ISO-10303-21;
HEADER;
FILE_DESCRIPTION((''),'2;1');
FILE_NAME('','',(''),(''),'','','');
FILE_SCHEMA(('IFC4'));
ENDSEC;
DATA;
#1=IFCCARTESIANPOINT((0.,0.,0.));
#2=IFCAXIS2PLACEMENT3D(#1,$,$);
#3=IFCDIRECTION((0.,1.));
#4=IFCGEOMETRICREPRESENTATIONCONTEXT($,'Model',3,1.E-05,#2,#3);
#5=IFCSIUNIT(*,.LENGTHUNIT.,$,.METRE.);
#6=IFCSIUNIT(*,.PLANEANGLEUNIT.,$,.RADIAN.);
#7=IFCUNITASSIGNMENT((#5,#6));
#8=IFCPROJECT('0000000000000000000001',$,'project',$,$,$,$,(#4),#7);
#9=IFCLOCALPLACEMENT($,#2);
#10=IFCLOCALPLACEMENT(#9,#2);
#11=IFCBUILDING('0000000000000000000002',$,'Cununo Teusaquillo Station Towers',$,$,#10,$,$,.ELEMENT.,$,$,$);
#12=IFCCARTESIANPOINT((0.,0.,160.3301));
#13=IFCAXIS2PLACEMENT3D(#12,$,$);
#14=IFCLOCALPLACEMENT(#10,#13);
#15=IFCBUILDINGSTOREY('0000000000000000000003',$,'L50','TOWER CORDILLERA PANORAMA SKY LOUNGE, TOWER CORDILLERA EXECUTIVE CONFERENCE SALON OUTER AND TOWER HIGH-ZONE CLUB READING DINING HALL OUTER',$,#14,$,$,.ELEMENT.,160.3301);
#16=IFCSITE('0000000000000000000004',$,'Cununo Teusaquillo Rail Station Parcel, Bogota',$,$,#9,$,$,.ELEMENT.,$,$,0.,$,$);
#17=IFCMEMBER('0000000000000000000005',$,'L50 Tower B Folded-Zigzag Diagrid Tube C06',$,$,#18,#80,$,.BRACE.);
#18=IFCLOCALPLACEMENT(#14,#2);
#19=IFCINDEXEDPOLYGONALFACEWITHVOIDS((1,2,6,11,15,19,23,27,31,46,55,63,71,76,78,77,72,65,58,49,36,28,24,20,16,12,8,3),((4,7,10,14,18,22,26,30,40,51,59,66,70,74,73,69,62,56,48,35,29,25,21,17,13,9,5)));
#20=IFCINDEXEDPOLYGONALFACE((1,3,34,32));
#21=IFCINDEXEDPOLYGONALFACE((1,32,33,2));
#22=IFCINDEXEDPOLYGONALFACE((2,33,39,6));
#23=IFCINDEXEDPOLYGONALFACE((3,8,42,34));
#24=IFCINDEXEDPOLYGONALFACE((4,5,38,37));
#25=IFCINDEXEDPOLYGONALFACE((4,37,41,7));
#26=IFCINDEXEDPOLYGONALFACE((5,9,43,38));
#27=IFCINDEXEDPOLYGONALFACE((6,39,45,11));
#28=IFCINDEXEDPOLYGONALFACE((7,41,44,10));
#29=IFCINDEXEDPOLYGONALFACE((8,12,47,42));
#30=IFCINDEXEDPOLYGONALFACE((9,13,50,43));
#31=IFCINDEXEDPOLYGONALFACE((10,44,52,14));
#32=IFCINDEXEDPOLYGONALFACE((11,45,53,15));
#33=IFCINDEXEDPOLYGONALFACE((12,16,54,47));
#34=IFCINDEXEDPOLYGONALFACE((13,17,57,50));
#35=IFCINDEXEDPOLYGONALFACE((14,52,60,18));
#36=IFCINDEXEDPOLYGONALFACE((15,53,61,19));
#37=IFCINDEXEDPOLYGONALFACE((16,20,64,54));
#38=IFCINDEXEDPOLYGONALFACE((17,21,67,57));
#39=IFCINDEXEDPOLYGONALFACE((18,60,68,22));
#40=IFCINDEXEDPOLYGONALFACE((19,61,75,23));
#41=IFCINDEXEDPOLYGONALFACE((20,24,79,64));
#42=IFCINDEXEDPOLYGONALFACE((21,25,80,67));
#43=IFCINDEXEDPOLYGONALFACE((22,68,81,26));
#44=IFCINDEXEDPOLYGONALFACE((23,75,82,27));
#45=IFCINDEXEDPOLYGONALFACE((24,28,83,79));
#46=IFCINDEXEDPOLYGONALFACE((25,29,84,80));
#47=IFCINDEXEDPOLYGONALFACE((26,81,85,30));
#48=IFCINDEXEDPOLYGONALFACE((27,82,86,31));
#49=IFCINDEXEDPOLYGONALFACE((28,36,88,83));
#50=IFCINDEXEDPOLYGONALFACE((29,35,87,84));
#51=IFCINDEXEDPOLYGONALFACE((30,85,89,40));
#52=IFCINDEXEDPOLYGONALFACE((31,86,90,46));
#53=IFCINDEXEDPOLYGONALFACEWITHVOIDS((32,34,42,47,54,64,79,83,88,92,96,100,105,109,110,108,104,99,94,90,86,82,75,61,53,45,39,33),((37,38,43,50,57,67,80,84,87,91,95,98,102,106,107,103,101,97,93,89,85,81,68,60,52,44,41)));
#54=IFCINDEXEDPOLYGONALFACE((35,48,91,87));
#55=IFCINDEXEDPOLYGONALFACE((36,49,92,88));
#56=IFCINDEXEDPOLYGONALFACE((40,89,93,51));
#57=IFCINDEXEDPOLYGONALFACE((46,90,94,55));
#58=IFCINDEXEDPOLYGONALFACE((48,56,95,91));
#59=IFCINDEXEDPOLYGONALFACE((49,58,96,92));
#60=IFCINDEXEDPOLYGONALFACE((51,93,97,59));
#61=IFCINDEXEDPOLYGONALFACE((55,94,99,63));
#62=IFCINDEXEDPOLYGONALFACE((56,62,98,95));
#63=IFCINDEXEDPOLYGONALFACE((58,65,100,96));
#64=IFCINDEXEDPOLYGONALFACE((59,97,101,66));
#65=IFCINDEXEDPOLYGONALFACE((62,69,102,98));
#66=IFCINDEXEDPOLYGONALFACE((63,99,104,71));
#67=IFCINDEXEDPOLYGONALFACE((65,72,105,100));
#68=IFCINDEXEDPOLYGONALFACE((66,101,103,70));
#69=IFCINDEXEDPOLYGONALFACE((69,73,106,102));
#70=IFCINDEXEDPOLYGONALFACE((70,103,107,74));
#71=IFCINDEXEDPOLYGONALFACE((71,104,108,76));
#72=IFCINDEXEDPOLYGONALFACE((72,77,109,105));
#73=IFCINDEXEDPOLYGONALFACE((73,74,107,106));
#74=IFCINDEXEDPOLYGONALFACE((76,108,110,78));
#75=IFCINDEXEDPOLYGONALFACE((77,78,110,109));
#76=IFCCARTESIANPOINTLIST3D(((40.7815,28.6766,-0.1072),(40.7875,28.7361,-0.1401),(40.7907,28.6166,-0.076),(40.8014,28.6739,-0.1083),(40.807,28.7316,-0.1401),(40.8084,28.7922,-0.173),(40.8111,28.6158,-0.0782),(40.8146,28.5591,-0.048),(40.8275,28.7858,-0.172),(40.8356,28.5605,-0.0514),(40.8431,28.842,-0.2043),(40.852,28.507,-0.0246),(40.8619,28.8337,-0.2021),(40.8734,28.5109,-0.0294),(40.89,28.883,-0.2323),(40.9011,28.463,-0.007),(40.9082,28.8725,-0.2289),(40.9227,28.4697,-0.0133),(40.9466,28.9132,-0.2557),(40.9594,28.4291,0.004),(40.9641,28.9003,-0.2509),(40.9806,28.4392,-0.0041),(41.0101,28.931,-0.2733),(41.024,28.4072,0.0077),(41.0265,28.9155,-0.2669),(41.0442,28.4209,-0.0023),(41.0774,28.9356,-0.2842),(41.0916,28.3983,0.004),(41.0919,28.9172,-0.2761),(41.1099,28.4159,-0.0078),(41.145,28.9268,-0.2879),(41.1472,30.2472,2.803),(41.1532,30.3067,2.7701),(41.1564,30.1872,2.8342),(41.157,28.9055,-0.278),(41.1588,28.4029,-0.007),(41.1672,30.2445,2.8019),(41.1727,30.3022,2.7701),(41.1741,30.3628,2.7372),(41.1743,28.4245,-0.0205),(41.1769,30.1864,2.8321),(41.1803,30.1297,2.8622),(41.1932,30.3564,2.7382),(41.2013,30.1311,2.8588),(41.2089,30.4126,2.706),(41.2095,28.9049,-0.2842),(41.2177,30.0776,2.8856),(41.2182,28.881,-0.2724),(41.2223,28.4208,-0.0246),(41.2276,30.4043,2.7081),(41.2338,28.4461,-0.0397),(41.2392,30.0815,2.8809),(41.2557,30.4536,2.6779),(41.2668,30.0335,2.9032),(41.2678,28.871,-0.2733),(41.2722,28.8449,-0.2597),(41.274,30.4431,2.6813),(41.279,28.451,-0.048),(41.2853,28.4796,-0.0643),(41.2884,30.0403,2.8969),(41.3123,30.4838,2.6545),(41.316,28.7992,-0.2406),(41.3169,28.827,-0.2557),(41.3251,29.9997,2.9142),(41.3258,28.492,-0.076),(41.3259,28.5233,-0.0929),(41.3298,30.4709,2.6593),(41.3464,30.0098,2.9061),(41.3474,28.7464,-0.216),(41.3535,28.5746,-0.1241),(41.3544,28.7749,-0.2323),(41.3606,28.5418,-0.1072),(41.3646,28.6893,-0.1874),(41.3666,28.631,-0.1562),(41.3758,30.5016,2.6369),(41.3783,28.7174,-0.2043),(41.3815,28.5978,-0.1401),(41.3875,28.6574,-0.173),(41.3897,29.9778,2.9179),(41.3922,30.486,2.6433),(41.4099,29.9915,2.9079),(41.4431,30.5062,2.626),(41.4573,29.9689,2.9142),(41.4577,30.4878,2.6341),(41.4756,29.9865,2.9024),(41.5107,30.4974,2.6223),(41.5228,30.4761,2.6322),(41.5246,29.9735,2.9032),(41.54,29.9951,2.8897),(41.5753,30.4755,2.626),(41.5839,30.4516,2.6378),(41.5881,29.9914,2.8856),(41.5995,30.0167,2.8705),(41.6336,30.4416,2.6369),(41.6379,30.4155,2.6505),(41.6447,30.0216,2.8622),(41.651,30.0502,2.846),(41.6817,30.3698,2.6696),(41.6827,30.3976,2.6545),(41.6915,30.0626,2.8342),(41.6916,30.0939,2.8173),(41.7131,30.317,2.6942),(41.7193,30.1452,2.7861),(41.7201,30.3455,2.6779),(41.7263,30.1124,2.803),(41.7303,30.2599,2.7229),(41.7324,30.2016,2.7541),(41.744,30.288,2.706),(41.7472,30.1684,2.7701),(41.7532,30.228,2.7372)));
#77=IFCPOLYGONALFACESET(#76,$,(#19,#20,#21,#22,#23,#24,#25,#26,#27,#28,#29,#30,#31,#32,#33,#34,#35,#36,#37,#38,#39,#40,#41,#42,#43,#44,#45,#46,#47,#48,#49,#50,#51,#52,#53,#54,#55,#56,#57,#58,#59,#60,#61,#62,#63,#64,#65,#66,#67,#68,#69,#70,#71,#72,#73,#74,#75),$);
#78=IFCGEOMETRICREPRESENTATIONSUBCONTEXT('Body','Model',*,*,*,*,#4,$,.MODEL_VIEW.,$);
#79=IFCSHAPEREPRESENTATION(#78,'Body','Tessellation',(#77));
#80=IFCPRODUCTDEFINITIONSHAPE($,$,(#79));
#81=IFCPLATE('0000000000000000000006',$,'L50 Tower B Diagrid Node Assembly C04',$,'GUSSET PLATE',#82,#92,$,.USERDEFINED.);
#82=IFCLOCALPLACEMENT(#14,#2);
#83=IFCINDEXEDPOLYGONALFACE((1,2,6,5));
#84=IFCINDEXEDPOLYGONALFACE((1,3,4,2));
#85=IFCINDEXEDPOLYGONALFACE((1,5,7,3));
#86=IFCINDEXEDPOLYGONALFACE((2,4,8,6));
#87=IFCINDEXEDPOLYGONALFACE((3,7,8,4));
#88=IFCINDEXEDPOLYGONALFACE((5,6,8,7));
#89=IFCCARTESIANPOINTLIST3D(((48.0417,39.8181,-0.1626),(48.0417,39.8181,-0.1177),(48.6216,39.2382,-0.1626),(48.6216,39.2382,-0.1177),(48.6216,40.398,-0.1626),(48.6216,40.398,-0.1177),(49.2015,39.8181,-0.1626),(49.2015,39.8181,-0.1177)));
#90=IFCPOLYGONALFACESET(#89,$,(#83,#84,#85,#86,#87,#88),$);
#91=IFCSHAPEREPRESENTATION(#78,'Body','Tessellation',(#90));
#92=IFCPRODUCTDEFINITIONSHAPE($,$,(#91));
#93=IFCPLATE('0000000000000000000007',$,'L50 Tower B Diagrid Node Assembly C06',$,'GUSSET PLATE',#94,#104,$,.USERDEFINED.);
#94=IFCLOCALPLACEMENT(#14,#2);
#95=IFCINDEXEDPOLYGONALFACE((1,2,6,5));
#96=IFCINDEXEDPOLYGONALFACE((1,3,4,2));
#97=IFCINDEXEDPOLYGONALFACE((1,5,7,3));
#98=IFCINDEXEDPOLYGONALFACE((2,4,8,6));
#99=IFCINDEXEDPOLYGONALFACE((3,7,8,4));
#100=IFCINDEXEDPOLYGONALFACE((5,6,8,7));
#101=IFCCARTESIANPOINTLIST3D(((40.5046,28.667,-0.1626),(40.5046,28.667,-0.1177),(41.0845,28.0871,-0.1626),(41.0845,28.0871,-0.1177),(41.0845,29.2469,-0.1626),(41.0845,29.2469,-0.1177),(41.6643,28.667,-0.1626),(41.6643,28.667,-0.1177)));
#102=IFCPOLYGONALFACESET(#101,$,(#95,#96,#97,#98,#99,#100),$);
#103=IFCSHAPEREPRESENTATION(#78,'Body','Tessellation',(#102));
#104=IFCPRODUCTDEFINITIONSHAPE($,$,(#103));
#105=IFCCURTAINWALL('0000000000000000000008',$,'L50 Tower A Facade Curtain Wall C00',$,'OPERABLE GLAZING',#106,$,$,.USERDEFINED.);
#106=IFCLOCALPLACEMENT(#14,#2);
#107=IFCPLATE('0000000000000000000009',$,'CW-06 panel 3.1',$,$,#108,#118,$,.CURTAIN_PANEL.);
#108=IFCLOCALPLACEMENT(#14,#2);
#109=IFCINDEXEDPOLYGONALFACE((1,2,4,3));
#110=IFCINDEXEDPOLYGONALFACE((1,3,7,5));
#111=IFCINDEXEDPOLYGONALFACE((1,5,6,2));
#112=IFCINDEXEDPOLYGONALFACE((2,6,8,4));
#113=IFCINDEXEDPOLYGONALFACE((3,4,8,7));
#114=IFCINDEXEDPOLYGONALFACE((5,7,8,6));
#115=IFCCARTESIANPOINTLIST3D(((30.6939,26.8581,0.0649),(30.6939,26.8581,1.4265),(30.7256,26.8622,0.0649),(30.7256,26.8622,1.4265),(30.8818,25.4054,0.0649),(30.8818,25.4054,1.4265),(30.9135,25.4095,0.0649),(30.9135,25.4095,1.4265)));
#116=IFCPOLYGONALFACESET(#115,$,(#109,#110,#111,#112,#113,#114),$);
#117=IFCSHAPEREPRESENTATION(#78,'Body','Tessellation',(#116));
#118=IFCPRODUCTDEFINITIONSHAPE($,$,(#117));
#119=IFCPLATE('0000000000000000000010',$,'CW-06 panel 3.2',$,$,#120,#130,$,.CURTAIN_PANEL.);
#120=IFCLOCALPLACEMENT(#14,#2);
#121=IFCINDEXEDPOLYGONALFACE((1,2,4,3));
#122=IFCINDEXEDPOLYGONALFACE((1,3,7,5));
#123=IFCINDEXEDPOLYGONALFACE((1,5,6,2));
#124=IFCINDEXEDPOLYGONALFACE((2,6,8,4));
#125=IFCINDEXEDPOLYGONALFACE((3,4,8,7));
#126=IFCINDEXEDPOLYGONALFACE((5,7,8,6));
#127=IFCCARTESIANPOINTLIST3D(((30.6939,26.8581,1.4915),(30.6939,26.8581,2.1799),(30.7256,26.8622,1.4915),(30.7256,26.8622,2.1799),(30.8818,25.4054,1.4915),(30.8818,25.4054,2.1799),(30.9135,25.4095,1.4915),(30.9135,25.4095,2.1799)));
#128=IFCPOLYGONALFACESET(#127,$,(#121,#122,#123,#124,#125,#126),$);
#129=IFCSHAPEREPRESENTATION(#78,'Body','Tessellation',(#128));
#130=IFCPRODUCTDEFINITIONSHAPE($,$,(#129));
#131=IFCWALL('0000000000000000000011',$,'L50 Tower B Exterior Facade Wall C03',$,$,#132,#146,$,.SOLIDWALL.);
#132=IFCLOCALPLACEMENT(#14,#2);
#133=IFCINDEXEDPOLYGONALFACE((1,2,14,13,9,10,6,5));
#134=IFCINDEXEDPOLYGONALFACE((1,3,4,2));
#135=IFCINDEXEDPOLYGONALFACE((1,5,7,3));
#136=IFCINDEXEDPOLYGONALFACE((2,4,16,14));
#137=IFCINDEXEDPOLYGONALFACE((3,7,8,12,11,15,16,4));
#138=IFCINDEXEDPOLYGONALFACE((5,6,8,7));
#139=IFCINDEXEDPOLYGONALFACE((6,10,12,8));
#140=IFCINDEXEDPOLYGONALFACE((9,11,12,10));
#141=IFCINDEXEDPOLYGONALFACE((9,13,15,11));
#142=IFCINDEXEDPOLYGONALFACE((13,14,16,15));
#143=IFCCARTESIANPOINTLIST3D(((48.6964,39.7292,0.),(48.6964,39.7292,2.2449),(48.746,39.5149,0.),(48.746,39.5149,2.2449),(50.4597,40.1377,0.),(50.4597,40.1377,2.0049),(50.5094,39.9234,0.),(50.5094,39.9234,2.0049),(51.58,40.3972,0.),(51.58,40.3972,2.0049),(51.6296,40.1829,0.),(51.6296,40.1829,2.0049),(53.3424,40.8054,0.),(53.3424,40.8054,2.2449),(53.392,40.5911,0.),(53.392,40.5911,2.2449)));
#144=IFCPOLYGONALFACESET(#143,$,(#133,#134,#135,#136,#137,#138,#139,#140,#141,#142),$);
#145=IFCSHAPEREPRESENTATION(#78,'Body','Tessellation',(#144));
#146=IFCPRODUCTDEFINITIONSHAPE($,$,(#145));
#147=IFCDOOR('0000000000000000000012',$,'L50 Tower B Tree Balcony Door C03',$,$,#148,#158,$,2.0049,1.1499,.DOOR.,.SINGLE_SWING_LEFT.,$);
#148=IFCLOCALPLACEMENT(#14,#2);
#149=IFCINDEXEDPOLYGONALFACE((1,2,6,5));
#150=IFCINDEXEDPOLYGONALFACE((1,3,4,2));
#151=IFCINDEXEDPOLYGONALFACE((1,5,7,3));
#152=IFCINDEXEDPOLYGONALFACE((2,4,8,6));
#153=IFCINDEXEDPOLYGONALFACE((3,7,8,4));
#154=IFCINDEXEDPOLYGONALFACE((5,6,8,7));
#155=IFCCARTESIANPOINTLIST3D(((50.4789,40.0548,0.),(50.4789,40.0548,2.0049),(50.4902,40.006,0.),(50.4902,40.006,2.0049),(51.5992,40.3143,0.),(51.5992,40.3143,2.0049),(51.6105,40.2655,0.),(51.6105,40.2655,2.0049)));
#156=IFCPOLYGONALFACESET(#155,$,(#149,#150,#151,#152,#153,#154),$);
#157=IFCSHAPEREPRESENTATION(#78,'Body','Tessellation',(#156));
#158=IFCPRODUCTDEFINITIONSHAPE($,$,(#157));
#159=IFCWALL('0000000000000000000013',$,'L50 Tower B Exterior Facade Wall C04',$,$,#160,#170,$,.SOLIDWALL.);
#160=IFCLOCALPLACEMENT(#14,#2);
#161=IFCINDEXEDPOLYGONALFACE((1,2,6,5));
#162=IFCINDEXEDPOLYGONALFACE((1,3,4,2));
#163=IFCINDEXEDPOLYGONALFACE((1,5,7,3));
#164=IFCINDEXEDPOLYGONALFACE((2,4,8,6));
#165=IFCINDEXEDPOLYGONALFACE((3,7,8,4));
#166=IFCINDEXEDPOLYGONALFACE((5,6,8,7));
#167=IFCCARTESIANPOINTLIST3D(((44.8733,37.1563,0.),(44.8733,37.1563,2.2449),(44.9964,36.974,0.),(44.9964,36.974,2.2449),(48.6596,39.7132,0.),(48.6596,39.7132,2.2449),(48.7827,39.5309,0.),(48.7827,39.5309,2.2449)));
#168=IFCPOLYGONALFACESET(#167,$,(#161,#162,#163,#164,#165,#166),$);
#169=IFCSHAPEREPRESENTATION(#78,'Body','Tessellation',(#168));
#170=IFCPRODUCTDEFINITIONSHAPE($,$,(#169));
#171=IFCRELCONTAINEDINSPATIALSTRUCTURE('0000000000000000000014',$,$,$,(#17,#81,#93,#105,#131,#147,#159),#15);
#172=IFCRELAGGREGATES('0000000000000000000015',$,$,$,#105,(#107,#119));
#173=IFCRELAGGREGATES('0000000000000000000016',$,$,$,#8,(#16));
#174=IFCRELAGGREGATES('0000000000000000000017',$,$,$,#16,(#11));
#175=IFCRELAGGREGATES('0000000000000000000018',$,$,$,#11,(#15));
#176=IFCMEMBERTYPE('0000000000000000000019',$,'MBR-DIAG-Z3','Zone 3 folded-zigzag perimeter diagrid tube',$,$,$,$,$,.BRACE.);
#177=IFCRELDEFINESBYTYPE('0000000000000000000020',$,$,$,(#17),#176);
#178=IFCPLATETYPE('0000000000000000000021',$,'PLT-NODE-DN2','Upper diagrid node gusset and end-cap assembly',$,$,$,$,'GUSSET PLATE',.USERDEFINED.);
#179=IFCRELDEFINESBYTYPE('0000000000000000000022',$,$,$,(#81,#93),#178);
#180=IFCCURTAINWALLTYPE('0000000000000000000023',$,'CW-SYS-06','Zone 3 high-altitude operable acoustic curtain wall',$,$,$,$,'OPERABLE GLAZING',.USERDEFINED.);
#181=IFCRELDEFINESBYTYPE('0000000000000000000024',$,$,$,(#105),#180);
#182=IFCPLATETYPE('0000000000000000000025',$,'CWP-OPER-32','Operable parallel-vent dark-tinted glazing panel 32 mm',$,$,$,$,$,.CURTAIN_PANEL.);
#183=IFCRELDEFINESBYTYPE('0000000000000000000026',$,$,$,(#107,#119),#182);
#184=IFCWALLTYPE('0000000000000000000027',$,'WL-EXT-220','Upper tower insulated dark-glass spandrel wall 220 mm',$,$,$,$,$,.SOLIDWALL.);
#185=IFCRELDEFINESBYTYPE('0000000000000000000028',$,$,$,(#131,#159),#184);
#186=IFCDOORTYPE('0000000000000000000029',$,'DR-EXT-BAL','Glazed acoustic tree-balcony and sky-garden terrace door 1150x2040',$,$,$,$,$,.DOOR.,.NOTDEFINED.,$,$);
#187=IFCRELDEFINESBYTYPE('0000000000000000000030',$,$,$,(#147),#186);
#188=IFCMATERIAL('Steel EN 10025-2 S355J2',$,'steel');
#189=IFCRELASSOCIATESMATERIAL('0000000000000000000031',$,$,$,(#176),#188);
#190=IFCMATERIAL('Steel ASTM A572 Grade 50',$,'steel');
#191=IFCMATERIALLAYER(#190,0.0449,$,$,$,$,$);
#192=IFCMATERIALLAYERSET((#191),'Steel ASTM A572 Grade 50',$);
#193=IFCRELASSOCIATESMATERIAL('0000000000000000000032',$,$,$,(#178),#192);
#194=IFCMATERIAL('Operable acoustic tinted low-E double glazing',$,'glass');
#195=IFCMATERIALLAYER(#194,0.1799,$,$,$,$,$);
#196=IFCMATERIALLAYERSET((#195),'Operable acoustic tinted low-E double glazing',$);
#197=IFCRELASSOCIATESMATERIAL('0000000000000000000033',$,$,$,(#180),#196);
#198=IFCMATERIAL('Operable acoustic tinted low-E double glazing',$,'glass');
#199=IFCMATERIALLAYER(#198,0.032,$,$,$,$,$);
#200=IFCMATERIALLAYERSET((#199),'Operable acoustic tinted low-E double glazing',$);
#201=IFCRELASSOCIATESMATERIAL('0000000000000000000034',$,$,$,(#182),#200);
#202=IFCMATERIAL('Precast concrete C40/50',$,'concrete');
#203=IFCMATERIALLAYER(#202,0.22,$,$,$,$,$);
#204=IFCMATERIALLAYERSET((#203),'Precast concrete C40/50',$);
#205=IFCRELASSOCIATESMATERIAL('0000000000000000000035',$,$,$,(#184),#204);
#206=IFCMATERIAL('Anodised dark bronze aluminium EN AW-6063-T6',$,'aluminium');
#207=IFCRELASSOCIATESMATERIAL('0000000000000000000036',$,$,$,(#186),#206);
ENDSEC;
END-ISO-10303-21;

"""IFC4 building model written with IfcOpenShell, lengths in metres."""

from ifc_helpers import new_model, si_unit, direction, frame, frame_2d, origin, origin_2d, place, context, subcontext, project, spatial, rectangle, hollow_circle, extrude, source, transform, mapped, material, layer, layer_set, material_profile, profile_set, type_object, element, fill, aggregate, save


model = new_model("IFC4")

# Units and contexts
model_context = context("Model", 3, precision=1e-05, world=origin(), true_north=direction((0.0, 1.0)))
body_context = subcontext(model_context, "Body", "Model", "MODEL_VIEW")
ifc_project = project(units=[si_unit("LENGTHUNIT", "METRE"), si_unit("PLANEANGLEUNIT", "RADIAN")], contexts=[model_context])

# Site, building, storey
site_placement = place(None, origin())
site = spatial("IfcSite", under=ifc_project, at=site_placement, Name="Cununo Teusaquillo Rail Station Parcel, Bogota", CompositionType="ELEMENT", RefElevation=0.0)
building_placement = place(site_placement, origin())
building = spatial("IfcBuilding", under=site, at=building_placement, Name="Cununo Teusaquillo Station Towers", CompositionType="ELEMENT")
storey_placement = place(building_placement, frame((0.0, 0.0, 160.3301)))
storey = spatial("IfcBuildingStorey", under=building, at=storey_placement, Name="L50", Description="TOWER CORDILLERA PANORAMA SKY LOUNGE, TOWER CORDILLERA EXECUTIVE CONFERENCE SALON OUTER AND TOWER HIGH-ZONE CLUB READING DINING HALL OUTER", CompositionType="ELEMENT", Elevation=160.3301)

# Member
ifc_material_1 = material(Name="Steel EN 10025-2 S355J2", Category="steel")
ifc_material_profile_1 = material_profile(ifc_material_1, hollow_circle(Radius=0.3049, WallThickness=0.02, at=origin_2d()), Name="CHS 610x20")
ifc_profile_set_1 = profile_set([ifc_material_profile_1], Name="Steel EN 10025-2 S355J2")
member_type = type_object("IfcMemberType", Name="MBR-DIAG-Z3", Description="Zone 3 folded-zigzag perimeter diagrid tube", PredefinedType="BRACE", material=ifc_profile_set_1)
member_1_placement = place(storey_placement, frame((41.0845, 28.667, -0.1401), z_axis=(0.109923, 0.472054, 0.87469), x_axis=(-0.973943, 0.226794, 0.0)))
element("IfcMember", 1, at=member_1_placement, inside=storey, type_object=member_type, Name="L50 Tower B Folded-Zigzag Diagrid Tube C06", PredefinedType="BRACE", context=body_context, shape_type="SweptSolid", body=[
    extrude(hollow_circle(Radius=0.3049, WallThickness=0.02, at=origin_2d()), origin(), (0.0, 0.0, 1.0), 3.3271),
])

# Plates
ifc_material_2 = material(Name="Steel ASTM A572 Grade 50", Category="steel")
ifc_layer_1 = layer(ifc_material_2, 0.0449)
ifc_layer_set_1 = layer_set([ifc_layer_1], Name="Steel ASTM A572 Grade 50")
plate_type_1 = type_object("IfcPlateType", Name="PLT-NODE-DN2", Description="Upper diagrid node gusset and end-cap assembly", ElementType="GUSSET PLATE", PredefinedType="USERDEFINED", material=ifc_layer_set_1)
shared_shape_1 = source(origin(), body_context, "Body", "SweptSolid", [
    extrude(rectangle(XDim=0.8201, YDim=0.8201, at=origin_2d()), origin(), (0.0, 0.0, 1.0), 0.0449),
])
for number, where, z_axis, x_axis, name in (
    (2, (48.6216, 39.8181, -0.1626), (0.0, 0.0, 1.0), (0.707107, 0.707107, 0.0), "L50 Tower B Diagrid Node Assembly C04"),
    (3, (41.0845, 28.667, -0.1626), (0.0, 0.0, 1.0), (0.707107, 0.707107, 0.0), "L50 Tower B Diagrid Node Assembly C06"),
):
    element("IfcPlate", number, at=place(storey_placement, frame(where, z_axis=z_axis, x_axis=x_axis)), inside=storey, type_object=plate_type_1, Name=name, ObjectType="GUSSET PLATE", PredefinedType="USERDEFINED", context=body_context, shape_type="MappedRepresentation", body=[
        mapped(shared_shape_1, transform((0.0, 0.0, 0.0), x_axis=(1.0, 0.0, 0.0), y_axis=(0.0, 1.0, 0.0), z_axis=(0.0, 0.0, 1.0), scale=1.0)),
    ])

# Curtain wall, plates
ifc_material_3 = material(Name="Operable acoustic tinted low-E double glazing", Category="glass")
ifc_layer_2 = layer(ifc_material_3, 0.1799)
ifc_layer_set_2 = layer_set([ifc_layer_2], Name="Operable acoustic tinted low-E double glazing")
curtain_wall_type = type_object("IfcCurtainWallType", Name="CW-SYS-06", Description="Zone 3 high-altitude operable acoustic curtain wall", ElementType="OPERABLE GLAZING", PredefinedType="USERDEFINED", material=ifc_layer_set_2)
curtain_wall_placement = place(storey_placement, origin())
curtain_wall = element("IfcCurtainWall", 4, at=curtain_wall_placement, inside=storey, type_object=curtain_wall_type, Name="L50 Tower A Facade Curtain Wall C00", ObjectType="OPERABLE GLAZING", PredefinedType="USERDEFINED")
ifc_material_4 = material(Name="Operable acoustic tinted low-E double glazing", Category="glass")
ifc_layer_3 = layer(ifc_material_4, 0.032)
ifc_layer_set_3 = layer_set([ifc_layer_3], Name="Operable acoustic tinted low-E double glazing")
plate_type_2 = type_object("IfcPlateType", Name="CWP-OPER-32", Description="Operable parallel-vent dark-tinted glazing panel 32 mm", PredefinedType="CURTAIN_PANEL", material=ifc_layer_set_3)
shared_shape_2 = source(origin(), body_context, "Body", "SweptSolid", [
    extrude(rectangle(XDim=1.4648, YDim=0.032, at=origin_2d()), origin(), (0.0, 0.0, 1.0), 1.3616),
])
plate_1_placement = place(storey_placement, frame((30.8037, 26.1338, 0.0649), z_axis=(0.0, 0.0, 1.0), x_axis=(0.128293, -0.991736, 0.0)))
plate_1 = element("IfcPlate", 5, at=plate_1_placement, type_object=plate_type_2, Name="CW-06 panel 3.1", PredefinedType="CURTAIN_PANEL", context=body_context, shape_type="MappedRepresentation", body=[
    mapped(shared_shape_2, transform((0.0, 0.0, 0.0), x_axis=(1.0, 0.0, 0.0), y_axis=(0.0, 1.0, 0.0), z_axis=(0.0, 0.0, 1.0), scale=1.0)),
])
shared_shape_3 = source(origin(), body_context, "Body", "SweptSolid", [
    extrude(rectangle(XDim=1.4648, YDim=0.032, at=origin_2d()), origin(), (0.0, 0.0, 1.0), 0.6885),
])
plate_2_placement = place(storey_placement, frame((30.8037, 26.1338, 1.4915), z_axis=(0.0, 0.0, 1.0), x_axis=(0.128293, -0.991736, 0.0)))
plate_2 = element("IfcPlate", 6, at=plate_2_placement, type_object=plate_type_2, Name="CW-06 panel 3.2", PredefinedType="CURTAIN_PANEL", context=body_context, shape_type="MappedRepresentation", body=[
    mapped(shared_shape_3, transform((0.0, 0.0, 0.0), x_axis=(1.0, 0.0, 0.0), y_axis=(0.0, 1.0, 0.0), z_axis=(0.0, 0.0, 1.0), scale=1.0)),
])
aggregate(curtain_wall, [plate_1, plate_2])

# Wall, opening, door
ifc_material_5 = material(Name="Precast concrete C40/50", Category="concrete")
ifc_layer_4 = layer(ifc_material_5, 0.22)
ifc_layer_set_4 = layer_set([ifc_layer_4], Name="Precast concrete C40/50")
wall_type_1 = type_object("IfcWallType", Name="WL-EXT-220", Description="Upper tower insulated dark-glass spandrel wall 220 mm", PredefinedType="SOLIDWALL", material=ifc_layer_set_4)
wall_1_placement = place(storey_placement, frame((48.7212, 39.6221, 0.0), z_axis=(0.0, 0.0, 1.0), x_axis=(0.974206, 0.22566, 0.0)))
wall_1 = element("IfcWall", 7, at=wall_1_placement, inside=storey, type_object=wall_type_1, Name="L50 Tower B Exterior Facade Wall C03", PredefinedType="SOLIDWALL", context=body_context, shape_type="SweptSolid", body=[
    extrude(rectangle(XDim=4.769, YDim=0.22, at=frame_2d((2.3845, 0.0))), origin(), (0.0, 0.0, 1.0), 2.2449),
])
shared_shape_4 = source(origin(), body_context, "Body", "SweptSolid", [
    extrude(rectangle(XDim=1.1499, YDim=2.0049, at=frame_2d((0.575, 1.0024))), frame((0.0, 0.1199, 0.0), z_axis=(0.0, -1.0, 0.0), x_axis=(1.0, 0.0, 0.0)), (0.0, 0.0, 1.0), 0.24),
])
opening_1_placement = place(wall_1_placement, frame((1.8101, 0.0, 0.0)))
opening_1 = element("IfcOpeningElement", 8, at=opening_1_placement, cuts=wall_1, PredefinedType="OPENING", context=body_context, shape_type="MappedRepresentation", body=[
    mapped(shared_shape_4, transform((0.0, 0.0, 0.0), x_axis=(1.0, 0.0, 0.0), y_axis=(0.0, 1.0, 0.0), z_axis=(0.0, 0.0, 1.0), scale=1.0)),
])
ifc_material_6 = material(Name="Anodised dark bronze aluminium EN AW-6063-T6", Category="aluminium")
door_type_1 = type_object("IfcDoorType", Name="DR-EXT-BAL", Description="Glazed acoustic tree-balcony and sky-garden terrace door 1150x2040", OperationType="NOTDEFINED", PredefinedType="DOOR", material=ifc_material_6)
shared_shape_5 = source(origin(), body_context, "Body", "SweptSolid", [
    extrude(rectangle(XDim=1.1499, YDim=2.0049, at=frame_2d((0.575, 1.0024))), frame((0.0, 0.0249, 0.0), z_axis=(0.0, -1.0, 0.0), x_axis=(1.0, 0.0, 0.0)), (0.0, 0.0, 1.0), 0.05),
])
door_1_placement = place(opening_1_placement, origin())
door_1 = element("IfcDoor", 9, at=door_1_placement, inside=storey, type_object=door_type_1, Name="L50 Tower B Tree Balcony Door C03", OperationType="SINGLE_SWING_LEFT", OverallHeight=2.0049, OverallWidth=1.1499, PredefinedType="DOOR", context=body_context, shape_type="MappedRepresentation", body=[
    mapped(shared_shape_5, transform((0.0, 0.0, 0.0), x_axis=(1.0, 0.0, 0.0), y_axis=(0.0, 1.0, 0.0), z_axis=(0.0, 0.0, 1.0), scale=1.0)),
])
fill(opening_1, door_1)

# Wall
wall_2_placement = place(storey_placement, frame((44.9348, 37.0652, 0.0), z_axis=(0.0, 0.0, 1.0), x_axis=(0.828739, 0.559635, 0.0)))
element("IfcWall", 10, at=wall_2_placement, inside=storey, type_object=wall_type_1, Name="L50 Tower B Exterior Facade Wall C04", PredefinedType="SOLIDWALL", context=body_context, shape_type="SweptSolid", body=[
    extrude(rectangle(XDim=4.5688, YDim=0.22, at=frame_2d((2.2844, 0.0))), origin(), (0.0, 0.0, 1.0), 2.2449),
])

save(model, "model.ifc")
